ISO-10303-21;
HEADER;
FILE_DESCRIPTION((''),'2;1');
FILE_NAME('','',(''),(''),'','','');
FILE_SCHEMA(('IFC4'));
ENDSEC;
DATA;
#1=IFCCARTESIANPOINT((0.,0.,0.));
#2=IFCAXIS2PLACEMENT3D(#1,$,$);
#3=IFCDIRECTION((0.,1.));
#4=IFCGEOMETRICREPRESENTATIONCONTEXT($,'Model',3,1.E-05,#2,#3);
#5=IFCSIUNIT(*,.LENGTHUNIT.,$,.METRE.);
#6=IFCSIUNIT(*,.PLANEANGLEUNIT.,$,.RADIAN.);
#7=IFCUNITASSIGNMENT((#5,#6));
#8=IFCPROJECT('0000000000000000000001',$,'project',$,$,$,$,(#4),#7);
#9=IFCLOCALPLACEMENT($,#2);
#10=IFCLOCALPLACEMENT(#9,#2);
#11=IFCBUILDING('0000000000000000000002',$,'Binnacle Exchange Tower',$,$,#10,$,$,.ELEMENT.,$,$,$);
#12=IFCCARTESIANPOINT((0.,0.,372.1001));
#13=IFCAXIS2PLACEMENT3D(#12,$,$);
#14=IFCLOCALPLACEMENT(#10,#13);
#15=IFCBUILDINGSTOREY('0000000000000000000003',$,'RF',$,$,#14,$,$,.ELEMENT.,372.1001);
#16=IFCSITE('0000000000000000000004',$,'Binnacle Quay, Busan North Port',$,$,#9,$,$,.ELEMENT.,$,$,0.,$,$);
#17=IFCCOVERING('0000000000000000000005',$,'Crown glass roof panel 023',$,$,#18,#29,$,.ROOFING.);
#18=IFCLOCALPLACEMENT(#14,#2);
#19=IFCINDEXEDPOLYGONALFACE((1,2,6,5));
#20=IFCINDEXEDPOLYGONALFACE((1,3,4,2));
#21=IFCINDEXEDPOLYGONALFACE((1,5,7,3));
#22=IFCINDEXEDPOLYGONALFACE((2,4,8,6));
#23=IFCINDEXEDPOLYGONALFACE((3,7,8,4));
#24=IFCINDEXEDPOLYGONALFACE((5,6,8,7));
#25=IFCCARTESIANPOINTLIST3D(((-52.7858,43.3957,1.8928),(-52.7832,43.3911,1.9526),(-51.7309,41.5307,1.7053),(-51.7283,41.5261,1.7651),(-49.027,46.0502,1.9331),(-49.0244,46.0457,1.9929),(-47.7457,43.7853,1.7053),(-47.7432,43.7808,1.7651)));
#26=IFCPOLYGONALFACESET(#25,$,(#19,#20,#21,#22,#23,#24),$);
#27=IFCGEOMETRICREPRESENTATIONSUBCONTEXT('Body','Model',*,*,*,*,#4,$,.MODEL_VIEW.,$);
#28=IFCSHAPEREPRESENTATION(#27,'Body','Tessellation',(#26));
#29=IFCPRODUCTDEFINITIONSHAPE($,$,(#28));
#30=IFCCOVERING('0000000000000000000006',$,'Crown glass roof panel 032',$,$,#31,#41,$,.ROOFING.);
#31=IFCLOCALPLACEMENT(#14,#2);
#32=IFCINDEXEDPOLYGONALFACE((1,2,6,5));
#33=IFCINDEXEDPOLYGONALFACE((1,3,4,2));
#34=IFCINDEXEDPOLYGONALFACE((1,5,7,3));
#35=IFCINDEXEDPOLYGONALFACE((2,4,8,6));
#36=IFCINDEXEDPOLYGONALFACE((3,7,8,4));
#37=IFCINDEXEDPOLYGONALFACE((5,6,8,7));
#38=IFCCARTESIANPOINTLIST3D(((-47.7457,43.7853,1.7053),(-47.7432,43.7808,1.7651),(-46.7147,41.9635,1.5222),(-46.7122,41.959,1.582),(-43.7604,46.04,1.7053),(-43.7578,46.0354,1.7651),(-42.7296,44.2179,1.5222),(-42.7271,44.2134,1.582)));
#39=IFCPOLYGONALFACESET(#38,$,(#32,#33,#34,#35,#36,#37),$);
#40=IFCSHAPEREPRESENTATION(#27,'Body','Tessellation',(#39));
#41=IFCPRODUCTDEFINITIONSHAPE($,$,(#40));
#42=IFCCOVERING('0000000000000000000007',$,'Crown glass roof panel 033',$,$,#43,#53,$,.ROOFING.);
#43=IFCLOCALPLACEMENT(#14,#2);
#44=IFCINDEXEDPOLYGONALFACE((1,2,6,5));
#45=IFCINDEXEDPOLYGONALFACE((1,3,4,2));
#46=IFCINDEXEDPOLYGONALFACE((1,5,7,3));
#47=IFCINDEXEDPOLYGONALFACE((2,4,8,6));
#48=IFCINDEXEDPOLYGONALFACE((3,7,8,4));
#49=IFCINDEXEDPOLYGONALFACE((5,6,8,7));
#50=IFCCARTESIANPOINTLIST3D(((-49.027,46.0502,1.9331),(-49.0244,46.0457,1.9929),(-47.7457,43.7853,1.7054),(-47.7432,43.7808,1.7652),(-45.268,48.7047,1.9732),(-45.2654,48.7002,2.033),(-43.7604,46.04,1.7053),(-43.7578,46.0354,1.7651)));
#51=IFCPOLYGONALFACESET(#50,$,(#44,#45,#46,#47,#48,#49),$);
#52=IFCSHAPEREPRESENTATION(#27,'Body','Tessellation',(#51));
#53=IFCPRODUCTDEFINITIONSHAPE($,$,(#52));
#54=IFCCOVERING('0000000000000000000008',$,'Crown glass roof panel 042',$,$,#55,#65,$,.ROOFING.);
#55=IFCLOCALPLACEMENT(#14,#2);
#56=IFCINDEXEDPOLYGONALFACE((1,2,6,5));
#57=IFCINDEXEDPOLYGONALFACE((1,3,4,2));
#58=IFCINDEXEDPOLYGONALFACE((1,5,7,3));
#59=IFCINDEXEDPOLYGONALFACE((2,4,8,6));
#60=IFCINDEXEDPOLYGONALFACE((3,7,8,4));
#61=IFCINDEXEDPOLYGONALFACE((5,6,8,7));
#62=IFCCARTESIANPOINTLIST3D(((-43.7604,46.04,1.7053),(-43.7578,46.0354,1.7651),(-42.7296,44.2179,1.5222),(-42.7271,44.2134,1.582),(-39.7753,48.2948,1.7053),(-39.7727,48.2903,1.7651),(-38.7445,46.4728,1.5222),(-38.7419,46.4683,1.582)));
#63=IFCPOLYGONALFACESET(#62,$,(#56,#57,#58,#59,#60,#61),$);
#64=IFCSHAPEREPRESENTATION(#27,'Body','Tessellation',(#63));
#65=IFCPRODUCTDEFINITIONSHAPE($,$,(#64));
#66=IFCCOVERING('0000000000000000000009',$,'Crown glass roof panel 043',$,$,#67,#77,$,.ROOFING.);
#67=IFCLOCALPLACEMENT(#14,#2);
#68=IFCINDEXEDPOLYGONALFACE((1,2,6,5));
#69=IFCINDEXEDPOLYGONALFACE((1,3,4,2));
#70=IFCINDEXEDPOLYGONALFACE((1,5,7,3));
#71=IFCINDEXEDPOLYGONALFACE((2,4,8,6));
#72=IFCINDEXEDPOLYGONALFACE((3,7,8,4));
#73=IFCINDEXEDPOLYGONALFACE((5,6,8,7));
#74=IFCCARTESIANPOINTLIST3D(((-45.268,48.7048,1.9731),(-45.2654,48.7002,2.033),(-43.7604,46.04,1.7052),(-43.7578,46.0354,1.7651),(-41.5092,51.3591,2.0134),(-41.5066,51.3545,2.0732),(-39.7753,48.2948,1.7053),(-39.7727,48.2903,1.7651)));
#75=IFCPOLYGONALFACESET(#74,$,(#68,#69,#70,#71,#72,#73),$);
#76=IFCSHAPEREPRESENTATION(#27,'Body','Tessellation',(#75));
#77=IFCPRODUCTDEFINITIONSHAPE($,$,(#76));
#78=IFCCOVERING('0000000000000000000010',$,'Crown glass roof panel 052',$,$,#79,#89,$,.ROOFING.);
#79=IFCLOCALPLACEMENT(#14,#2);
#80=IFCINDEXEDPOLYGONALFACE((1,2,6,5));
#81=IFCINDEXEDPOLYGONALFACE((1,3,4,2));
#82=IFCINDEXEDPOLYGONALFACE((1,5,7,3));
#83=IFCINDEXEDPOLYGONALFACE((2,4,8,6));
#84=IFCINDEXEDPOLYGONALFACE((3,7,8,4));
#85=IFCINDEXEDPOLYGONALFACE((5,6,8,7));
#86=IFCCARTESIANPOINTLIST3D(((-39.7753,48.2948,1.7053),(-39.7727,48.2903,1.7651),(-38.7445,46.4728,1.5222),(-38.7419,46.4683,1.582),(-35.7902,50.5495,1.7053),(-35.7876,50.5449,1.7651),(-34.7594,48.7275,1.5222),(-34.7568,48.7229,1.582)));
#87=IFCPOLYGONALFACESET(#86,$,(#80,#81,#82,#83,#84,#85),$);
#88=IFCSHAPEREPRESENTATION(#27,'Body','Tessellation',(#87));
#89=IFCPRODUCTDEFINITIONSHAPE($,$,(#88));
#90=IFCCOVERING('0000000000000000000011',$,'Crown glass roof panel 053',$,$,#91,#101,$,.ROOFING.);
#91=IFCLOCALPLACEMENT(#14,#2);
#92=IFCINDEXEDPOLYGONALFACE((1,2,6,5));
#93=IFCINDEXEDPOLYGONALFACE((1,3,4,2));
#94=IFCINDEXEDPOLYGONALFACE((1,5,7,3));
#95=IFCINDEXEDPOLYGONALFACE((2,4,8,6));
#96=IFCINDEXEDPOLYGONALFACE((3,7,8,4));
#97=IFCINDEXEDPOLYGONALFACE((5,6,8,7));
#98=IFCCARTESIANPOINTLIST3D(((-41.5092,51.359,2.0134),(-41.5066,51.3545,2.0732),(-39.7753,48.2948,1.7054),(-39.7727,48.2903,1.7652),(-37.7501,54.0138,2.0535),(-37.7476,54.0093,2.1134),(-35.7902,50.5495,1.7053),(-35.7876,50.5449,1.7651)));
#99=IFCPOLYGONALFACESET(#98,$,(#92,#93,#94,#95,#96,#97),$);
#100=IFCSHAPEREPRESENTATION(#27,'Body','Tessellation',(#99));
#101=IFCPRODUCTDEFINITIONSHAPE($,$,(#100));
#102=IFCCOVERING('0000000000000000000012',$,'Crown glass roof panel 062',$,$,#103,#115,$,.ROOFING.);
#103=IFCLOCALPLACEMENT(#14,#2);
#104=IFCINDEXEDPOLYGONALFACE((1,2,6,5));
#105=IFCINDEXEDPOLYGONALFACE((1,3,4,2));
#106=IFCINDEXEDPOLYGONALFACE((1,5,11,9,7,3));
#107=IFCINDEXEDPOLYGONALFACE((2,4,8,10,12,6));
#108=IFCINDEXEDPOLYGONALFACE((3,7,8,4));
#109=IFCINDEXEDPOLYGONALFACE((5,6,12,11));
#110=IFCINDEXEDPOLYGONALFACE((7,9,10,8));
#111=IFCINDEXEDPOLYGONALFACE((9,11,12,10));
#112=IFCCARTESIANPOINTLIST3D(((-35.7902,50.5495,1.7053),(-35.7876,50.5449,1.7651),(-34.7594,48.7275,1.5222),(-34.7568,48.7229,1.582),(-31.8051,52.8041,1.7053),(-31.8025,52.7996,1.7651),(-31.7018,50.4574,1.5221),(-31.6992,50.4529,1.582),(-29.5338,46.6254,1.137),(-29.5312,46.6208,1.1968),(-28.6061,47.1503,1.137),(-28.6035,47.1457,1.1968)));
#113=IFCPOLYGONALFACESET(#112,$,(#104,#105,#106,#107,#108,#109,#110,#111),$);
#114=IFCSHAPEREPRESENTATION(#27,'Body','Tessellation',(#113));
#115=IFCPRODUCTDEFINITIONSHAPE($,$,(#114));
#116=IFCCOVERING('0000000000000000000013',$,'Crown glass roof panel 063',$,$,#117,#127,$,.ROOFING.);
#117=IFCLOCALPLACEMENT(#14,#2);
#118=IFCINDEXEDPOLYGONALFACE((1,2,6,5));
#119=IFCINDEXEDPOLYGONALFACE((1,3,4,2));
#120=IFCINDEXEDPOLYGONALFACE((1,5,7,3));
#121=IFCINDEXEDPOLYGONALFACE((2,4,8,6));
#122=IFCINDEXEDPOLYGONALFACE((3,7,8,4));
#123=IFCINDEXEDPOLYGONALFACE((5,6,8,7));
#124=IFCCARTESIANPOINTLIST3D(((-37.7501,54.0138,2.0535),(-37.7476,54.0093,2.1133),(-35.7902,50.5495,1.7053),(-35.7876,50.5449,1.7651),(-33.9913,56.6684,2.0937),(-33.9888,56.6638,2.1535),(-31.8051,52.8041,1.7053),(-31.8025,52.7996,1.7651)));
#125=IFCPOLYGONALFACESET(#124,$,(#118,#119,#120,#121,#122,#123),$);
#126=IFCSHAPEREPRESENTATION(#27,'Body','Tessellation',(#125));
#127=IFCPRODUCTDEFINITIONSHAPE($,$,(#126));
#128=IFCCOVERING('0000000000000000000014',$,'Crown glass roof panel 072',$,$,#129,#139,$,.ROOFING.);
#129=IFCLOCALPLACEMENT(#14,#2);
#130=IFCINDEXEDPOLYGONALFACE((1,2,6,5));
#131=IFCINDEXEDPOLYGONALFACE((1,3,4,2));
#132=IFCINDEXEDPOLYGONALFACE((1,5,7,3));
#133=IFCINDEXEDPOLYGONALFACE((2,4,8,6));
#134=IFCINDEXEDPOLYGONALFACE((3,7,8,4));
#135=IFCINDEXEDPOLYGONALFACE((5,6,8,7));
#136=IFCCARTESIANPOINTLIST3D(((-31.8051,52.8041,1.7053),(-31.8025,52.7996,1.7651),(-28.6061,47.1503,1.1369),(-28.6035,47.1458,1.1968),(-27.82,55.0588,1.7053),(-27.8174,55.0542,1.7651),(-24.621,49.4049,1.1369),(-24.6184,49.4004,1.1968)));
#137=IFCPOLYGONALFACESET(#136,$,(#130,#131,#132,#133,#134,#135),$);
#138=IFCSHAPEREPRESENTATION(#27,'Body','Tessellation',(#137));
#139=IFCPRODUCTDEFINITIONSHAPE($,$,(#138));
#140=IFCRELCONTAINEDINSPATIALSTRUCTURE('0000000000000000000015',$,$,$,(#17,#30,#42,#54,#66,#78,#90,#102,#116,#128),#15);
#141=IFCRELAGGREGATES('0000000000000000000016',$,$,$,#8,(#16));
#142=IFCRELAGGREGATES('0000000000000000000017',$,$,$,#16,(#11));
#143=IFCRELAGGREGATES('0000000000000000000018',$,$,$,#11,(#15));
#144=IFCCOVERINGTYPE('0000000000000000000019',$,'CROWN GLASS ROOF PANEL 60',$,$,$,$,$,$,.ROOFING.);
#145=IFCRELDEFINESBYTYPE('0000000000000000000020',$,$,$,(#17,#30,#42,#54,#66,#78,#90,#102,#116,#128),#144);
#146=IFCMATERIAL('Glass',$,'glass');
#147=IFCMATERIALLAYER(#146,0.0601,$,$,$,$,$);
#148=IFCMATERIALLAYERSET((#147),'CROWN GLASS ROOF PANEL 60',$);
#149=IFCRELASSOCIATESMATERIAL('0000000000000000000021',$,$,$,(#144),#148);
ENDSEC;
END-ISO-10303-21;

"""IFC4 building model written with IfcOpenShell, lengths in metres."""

from ifc_helpers import new_model, si_unit, direction, frame, origin, place, context, subcontext, project, spatial, polyline, outline, extrude, material, layer, layer_set, type_object, element, save


model = new_model("IFC4")

# Units and contexts
model_context = context("Model", 3, precision=1e-05, world=origin(), true_north=direction((0.0, 1.0)))
body_context = subcontext(model_context, "Body", "Model", "MODEL_VIEW")
ifc_project = project(units=[si_unit("LENGTHUNIT", "METRE"), si_unit("PLANEANGLEUNIT", "RADIAN")], contexts=[model_context])

# Site, building, storey
site_placement = place(None, origin())
site = spatial("IfcSite", under=ifc_project, at=site_placement, Name="Binnacle Quay, Busan North Port", CompositionType="ELEMENT", RefElevation=0.0)
building_placement = place(site_placement, origin())
building = spatial("IfcBuilding", under=site, at=building_placement, Name="Binnacle Exchange Tower", CompositionType="ELEMENT")
storey_placement = place(building_placement, frame((0.0, 0.0, 372.1001)))
storey = spatial("IfcBuildingStorey", under=building, at=storey_placement, Name="RF", CompositionType="ELEMENT", Elevation=372.1001)

# Coverings
ifc_material_1 = material(Name="Glass", Category="glass")
ifc_layer = layer(ifc_material_1, 0.0601)
ifc_layer_set = layer_set([ifc_layer], Name="CROWN GLASS ROOF PANEL 60")
covering_type = type_object("IfcCoveringType", Name="CROWN GLASS ROOF PANEL 60", PredefinedType="ROOFING", material=ifc_layer_set)
covering_1_placement = place(storey_placement, frame((-47.7432, 43.7808, 1.7651), z_axis=(0.042927, -0.07589, 0.996192), x_axis=(-0.870358, -0.492419, -0.000007)))
element("IfcCovering", 1, at=covering_1_placement, inside=storey, type_object=covering_type, Name="Crown glass roof panel 023", PredefinedType="ROOFING", context=body_context, shape_type="SweptSolid", body=[
    extrude(outline(polyline([(0.0, 0.0), (4.5787, 0.0), (4.5785, -2.1509), (-0.0001, -2.6121), (0.0, 0.0)])), origin(), (0.0, 0.0, -1.0), 0.0601),
])
covering_2_placement = place(storey_placement, frame((-47.7432, 43.7808, 1.7651), z_axis=(0.042906, -0.075843, 0.996196), x_axis=(0.870371, 0.492396, 0.000001)))
element("IfcCovering", 2, at=covering_2_placement, inside=storey, type_object=covering_type, Name="Crown glass roof panel 032", PredefinedType="ROOFING", context=body_context, shape_type="SweptSolid", body=[
    extrude(outline(polyline([(0.0, 0.0), (4.5789, 0.0), (4.5789, -2.1014), (0.0003, -2.1013), (0.0, 0.0)])), origin(), (0.0, 0.0, -1.0), 0.0601),
])
covering_3_placement = place(storey_placement, frame((-43.7578, 46.0354, 1.7651), z_axis=(0.042938, -0.075861, 0.996193), x_axis=(-0.87037, -0.492398, 0.000018)))
element("IfcCovering", 3, at=covering_3_placement, inside=storey, type_object=covering_type, Name="Crown glass roof panel 033", PredefinedType="ROOFING", context=body_context, shape_type="SweptSolid", body=[
    extrude(outline(polyline([(0.0, 0.0), (4.5789, 0.0), (4.5788, -2.6121), (0.0, -3.0734), (0.0, 0.0)])), origin(), (0.0, 0.0, -1.0), 0.0601),
])
covering_4_placement = place(storey_placement, frame((-43.7578, 46.0354, 1.7651), z_axis=(0.042911, -0.075838, 0.996196), x_axis=(0.870335, 0.49246, 0.0)))
element("IfcCovering", 4, at=covering_4_placement, inside=storey, type_object=covering_type, Name="Crown glass roof panel 042", PredefinedType="ROOFING", context=body_context, shape_type="SweptSolid", body=[
    extrude(outline(polyline([(0.0, 0.0), (4.5788, 0.0), (4.5787, -2.1014), (-0.0002, -2.1014), (0.0, 0.0)])), origin(), (0.0, 0.0, -1.0), 0.0601),
])
covering_5_placement = place(storey_placement, frame((-39.7727, 48.2903, 1.7651), z_axis=(0.042913, -0.075866, 0.996194), x_axis=(-0.870336, -0.492459, -0.000013)))
element("IfcCovering", 5, at=covering_5_placement, inside=storey, type_object=covering_type, Name="Crown glass roof panel 043", PredefinedType="ROOFING", context=body_context, shape_type="SweptSolid", body=[
    extrude(outline(polyline([(0.0, 0.0), (4.5788, 0.0), (4.5786, -3.0734), (0.0001, -3.5342), (0.0, 0.0)])), origin(), (0.0, 0.0, -1.0), 0.0601),
])
covering_6_placement = place(storey_placement, frame((-39.7727, 48.2903, 1.7651), z_axis=(0.042908, -0.07584, 0.996196), x_axis=(0.870358, 0.492419, 0.0)))
element("IfcCovering", 6, at=covering_6_placement, inside=storey, type_object=covering_type, Name="Crown glass roof panel 052", PredefinedType="ROOFING", context=body_context, shape_type="SweptSolid", body=[
    extrude(outline(polyline([(0.0, 0.0), (4.5787, 0.0), (4.5786, -2.1014), (-0.0001, -2.1014), (0.0, 0.0)])), origin(), (0.0, 0.0, -1.0), 0.0601),
])
covering_7_placement = place(storey_placement, frame((-35.7876, 50.5449, 1.7651), z_axis=(0.042932, -0.075846, 0.996195), x_axis=(-0.870357, -0.492421, 0.000018)))
element("IfcCovering", 7, at=covering_7_placement, inside=storey, type_object=covering_type, Name="Crown glass roof panel 053", PredefinedType="ROOFING", context=body_context, shape_type="SweptSolid", body=[
    extrude(outline(polyline([(0.0, 0.0), (4.5787, 0.0), (4.5789, -3.5342), (0.0, -3.9955), (0.0, 0.0)])), origin(), (0.0, 0.0, -1.0), 0.0601),
])
covering_8_placement = place(storey_placement, frame((-35.7876, 50.5449, 1.7651), z_axis=(0.042923, -0.075845, 0.996195), x_axis=(0.870358, 0.49242, -0.000011)))
element("IfcCovering", 8, at=covering_8_placement, inside=storey, type_object=covering_type, Name="Crown glass roof panel 062", PredefinedType="ROOFING", context=body_context, shape_type="SweptSolid", body=[
    extrude(outline(polyline([(0.0, 0.0), (4.5787, 0.0), (4.5789, -6.5209), (3.513, -6.5209), (3.513, -2.1013), (-0.0001, -2.1014), (0.0, 0.0)])), origin(), (0.0, 0.0, -1.0), 0.0601),
])
covering_9_placement = place(storey_placement, frame((-31.8025, 52.7996, 1.7651), z_axis=(0.042903, -0.075851, 0.996196), x_axis=(-0.870359, -0.492418, -0.000009)))
element("IfcCovering", 9, at=covering_9_placement, inside=storey, type_object=covering_type, Name="Crown glass roof panel 063", PredefinedType="ROOFING", context=body_context, shape_type="SweptSolid", body=[
    extrude(outline(polyline([(0.0, 0.0), (4.5787, 0.0), (4.5787, -3.9955), (0.0, -4.4568), (0.0, 0.0)])), origin(), (0.0, 0.0, -1.0), 0.0601),
])
covering_10_placement = place(storey_placement, frame((-31.8025, 52.7996, 1.7651), z_axis=(0.042919, -0.07586, 0.996194), x_axis=(0.870358, 0.492419, 0.0)))
element("IfcCovering", 10, at=covering_10_placement, inside=storey, type_object=covering_type, Name="Crown glass roof panel 072", PredefinedType="ROOFING", context=body_context, shape_type="SweptSolid", body=[
    extrude(outline(polyline([(0.0, 0.0), (4.5787, 0.0), (4.5789, -6.5209), (0.0002, -6.5209), (0.0, 0.0)])), origin(), (0.0, 0.0, -1.0), 0.0601),
])

save(model, "model.ifc")
